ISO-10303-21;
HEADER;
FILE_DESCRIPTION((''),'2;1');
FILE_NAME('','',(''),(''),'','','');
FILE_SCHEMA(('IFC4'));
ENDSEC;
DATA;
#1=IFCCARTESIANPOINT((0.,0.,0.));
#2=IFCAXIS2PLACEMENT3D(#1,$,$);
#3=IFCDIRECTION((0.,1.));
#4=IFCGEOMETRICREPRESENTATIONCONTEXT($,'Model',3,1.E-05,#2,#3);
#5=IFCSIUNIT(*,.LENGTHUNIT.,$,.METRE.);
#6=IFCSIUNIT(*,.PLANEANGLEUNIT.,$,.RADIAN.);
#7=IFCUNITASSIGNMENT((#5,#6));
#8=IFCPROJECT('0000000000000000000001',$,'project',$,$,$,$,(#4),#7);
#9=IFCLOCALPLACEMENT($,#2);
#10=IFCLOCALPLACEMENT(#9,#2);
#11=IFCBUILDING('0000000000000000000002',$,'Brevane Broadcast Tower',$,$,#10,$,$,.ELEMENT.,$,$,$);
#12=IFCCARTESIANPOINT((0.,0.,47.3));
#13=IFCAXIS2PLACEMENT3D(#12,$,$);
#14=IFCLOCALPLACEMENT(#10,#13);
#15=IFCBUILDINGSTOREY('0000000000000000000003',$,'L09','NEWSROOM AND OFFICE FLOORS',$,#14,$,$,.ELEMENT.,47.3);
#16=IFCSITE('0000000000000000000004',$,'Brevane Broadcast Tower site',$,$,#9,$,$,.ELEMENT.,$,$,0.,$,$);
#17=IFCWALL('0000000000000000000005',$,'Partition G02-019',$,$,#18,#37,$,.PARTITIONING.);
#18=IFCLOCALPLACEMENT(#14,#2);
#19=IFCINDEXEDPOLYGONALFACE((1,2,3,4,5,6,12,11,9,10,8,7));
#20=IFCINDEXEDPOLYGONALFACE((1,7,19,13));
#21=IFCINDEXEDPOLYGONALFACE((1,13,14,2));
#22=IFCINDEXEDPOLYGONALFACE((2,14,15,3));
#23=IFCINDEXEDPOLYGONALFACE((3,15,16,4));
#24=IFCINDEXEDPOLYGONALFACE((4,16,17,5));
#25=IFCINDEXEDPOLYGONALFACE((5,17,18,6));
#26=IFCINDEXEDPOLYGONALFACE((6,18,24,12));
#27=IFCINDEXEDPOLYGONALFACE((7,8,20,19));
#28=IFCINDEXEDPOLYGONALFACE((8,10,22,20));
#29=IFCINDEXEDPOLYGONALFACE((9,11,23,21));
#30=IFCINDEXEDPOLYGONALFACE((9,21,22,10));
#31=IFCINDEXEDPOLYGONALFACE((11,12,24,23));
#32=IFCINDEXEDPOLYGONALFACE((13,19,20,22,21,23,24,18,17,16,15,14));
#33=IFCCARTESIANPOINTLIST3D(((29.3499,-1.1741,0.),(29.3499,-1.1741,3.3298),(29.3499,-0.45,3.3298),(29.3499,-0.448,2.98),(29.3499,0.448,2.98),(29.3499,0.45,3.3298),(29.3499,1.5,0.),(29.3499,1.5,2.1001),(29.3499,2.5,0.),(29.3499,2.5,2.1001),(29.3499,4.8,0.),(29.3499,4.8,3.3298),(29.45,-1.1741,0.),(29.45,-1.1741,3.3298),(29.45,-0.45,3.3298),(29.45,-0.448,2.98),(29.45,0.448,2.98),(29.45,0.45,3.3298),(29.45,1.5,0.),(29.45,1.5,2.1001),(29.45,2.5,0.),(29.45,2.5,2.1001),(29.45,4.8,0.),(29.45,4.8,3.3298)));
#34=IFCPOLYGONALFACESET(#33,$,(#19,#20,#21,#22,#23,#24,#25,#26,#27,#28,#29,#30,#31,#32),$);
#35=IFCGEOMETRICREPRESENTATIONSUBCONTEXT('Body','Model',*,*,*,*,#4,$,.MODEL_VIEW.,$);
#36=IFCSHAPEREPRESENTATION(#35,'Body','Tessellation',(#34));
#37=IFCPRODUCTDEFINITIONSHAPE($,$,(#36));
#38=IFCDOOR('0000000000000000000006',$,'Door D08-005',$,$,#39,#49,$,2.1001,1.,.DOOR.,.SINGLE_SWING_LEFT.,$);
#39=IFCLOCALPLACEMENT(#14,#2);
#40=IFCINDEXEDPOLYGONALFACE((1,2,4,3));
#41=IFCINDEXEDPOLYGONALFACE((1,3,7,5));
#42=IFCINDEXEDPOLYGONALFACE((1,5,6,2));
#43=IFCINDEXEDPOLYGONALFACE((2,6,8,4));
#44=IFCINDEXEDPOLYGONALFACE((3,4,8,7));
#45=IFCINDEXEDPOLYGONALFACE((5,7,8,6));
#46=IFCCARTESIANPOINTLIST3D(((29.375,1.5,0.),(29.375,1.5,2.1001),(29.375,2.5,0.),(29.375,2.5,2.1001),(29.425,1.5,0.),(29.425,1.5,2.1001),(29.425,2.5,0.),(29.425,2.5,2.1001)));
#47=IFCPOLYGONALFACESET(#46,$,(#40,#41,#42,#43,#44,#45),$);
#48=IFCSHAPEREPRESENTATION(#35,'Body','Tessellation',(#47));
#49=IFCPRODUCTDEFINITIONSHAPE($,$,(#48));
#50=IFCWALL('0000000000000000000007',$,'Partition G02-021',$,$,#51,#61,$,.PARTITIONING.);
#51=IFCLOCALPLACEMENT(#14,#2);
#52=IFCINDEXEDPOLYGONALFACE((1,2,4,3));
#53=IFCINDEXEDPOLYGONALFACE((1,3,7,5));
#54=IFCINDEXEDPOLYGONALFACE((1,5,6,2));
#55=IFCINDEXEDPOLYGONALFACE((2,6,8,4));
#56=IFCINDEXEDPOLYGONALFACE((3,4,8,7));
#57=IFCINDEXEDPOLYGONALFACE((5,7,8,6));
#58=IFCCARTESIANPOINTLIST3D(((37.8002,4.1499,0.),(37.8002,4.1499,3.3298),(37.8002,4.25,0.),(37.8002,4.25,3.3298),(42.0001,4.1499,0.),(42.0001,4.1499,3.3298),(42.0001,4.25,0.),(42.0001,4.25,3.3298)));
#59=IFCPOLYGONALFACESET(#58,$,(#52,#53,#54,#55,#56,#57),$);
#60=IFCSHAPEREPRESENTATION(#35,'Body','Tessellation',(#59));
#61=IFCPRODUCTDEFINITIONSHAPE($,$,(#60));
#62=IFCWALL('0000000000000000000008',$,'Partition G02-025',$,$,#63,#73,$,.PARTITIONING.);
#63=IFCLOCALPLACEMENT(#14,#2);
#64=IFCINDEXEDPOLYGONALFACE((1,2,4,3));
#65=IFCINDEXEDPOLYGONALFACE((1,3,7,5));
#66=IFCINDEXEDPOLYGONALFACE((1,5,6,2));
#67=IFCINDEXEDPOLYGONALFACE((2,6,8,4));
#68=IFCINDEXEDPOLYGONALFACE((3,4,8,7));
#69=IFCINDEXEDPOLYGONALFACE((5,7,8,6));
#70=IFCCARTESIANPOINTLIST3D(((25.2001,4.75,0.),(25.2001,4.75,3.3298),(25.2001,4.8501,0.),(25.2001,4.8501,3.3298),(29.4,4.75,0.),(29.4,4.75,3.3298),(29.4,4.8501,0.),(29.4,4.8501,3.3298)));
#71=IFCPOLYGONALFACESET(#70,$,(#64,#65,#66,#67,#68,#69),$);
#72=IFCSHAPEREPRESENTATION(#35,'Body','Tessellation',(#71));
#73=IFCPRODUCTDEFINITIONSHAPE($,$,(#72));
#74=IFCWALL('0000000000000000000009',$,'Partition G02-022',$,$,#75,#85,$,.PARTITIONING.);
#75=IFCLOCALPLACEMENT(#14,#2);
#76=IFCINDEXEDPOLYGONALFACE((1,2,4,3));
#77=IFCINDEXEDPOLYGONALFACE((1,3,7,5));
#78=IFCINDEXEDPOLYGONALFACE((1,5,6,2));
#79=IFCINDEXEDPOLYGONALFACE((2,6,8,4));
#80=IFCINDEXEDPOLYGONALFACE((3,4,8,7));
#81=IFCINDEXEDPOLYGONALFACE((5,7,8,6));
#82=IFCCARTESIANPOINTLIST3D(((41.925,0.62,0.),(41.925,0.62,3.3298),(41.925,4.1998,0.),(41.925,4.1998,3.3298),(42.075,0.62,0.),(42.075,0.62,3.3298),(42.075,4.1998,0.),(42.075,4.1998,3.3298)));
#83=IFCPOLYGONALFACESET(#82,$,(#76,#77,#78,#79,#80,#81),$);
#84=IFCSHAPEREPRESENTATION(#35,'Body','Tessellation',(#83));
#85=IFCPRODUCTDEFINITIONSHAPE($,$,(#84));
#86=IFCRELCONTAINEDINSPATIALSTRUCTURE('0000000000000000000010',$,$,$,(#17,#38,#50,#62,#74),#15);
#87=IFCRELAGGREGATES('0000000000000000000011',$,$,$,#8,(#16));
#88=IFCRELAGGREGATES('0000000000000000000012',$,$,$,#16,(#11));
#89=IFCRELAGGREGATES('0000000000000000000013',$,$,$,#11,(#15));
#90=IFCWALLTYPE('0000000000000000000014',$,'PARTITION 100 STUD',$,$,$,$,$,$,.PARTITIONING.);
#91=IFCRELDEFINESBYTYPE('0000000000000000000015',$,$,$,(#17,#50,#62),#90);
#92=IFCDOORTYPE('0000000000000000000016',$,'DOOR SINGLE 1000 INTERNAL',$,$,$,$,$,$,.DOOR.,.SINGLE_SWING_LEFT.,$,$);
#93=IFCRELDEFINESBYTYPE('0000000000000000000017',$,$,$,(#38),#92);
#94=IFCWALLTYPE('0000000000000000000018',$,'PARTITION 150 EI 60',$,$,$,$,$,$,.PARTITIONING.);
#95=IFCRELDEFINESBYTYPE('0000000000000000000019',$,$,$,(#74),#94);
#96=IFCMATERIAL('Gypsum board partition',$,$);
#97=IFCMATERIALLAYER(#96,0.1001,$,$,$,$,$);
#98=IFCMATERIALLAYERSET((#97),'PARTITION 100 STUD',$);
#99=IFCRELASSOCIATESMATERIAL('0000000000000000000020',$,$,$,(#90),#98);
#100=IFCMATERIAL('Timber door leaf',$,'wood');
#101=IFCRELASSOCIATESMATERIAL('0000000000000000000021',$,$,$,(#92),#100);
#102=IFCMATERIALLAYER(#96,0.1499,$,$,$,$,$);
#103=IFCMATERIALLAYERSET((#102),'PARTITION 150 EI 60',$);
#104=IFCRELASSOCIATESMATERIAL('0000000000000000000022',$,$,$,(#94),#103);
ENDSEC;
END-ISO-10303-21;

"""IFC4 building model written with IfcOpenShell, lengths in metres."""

from ifc_helpers import new_model, si_unit, direction, frame, frame_2d, origin, place, context, subcontext, project, spatial, polyline, rectangle, outline, extrude, material, layer, layer_set, type_object, element, fill, save


model = new_model("IFC4")

# Units and contexts
model_context = context("Model", 3, precision=1e-05, world=origin(), true_north=direction((0.0, 1.0)))
body_context = subcontext(model_context, "Body", "Model", "MODEL_VIEW")
ifc_project = project(units=[si_unit("LENGTHUNIT", "METRE"), si_unit("PLANEANGLEUNIT", "RADIAN")], contexts=[model_context])

# Site, building, storey
site_placement = place(None, origin())
site = spatial("IfcSite", under=ifc_project, at=site_placement, Name="Brevane Broadcast Tower site", CompositionType="ELEMENT", RefElevation=0.0)
building_placement = place(site_placement, origin())
building = spatial("IfcBuilding", under=site, at=building_placement, Name="Brevane Broadcast Tower", CompositionType="ELEMENT")
storey_placement = place(building_placement, frame((0.0, 0.0, 47.3)))
storey = spatial("IfcBuildingStorey", under=building, at=storey_placement, Name="L09", Description="NEWSROOM AND OFFICE FLOORS", CompositionType="ELEMENT", Elevation=47.3)

# Wall, opening, door
ifc_material_1 = material(Name="Gypsum board partition")
ifc_layer_1 = layer(ifc_material_1, 0.1001)
ifc_layer_set_1 = layer_set([ifc_layer_1], Name="PARTITION 100 STUD")
wall_type_1 = type_object("IfcWallType", Name="PARTITION 100 STUD", PredefinedType="PARTITIONING", material=ifc_layer_set_1)
ifc_material_2 = material(Name="Timber door leaf", Category="wood")
door_type = type_object("IfcDoorType", Name="DOOR SINGLE 1000 INTERNAL", OperationType="SINGLE_SWING_LEFT", PredefinedType="DOOR", material=ifc_material_2)
wall_1_placement = place(storey_placement, frame((29.3999, -1.1741, 0.0), z_axis=(0.0, 0.0, 1.0), x_axis=(0.0, 1.0, 0.0)))
wall_1 = element("IfcWall", 1, at=wall_1_placement, inside=storey, type_object=wall_type_1, Name="Partition G02-019", PredefinedType="PARTITIONING", context=body_context, shape_type="SweptSolid", body=[
    extrude(outline(polyline([(0.0, 0.0), (5.9741, 0.0), (5.9741, 3.3298), (1.624, 3.3298), (1.6221, 2.98), (0.7261, 2.98), (0.7241, 3.3298), (0.074, 3.3298), (0.0, 3.3298), (0.0, 0.0)])), frame((0.0, 0.05, 0.0), z_axis=(0.0, -1.0, 0.0), x_axis=(1.0, 0.0, 0.0)), (0.0, 0.0, 1.0), 0.1001),
])
opening_1_placement = place(wall_1_placement, frame((2.6741, 0.0, 0.0)))
opening_1 = element("IfcOpeningElement", 2, at=opening_1_placement, cuts=wall_1, PredefinedType="OPENING", context=body_context, shape_type="SweptSolid", body=[
    extrude(rectangle(XDim=1.0, YDim=2.1001, at=frame_2d((0.5, 1.05))), frame((0.0, 0.0601, 0.0), z_axis=(0.0, -1.0, 0.0), x_axis=(1.0, 0.0, 0.0)), (0.0, 0.0, 1.0), 0.1201),
])
door_1_placement = place(opening_1_placement, origin())
door_1 = element("IfcDoor", 3, at=door_1_placement, inside=storey, type_object=door_type, Name="Door D08-005", OperationType="SINGLE_SWING_LEFT", OverallHeight=2.1001, OverallWidth=1.0, PredefinedType="DOOR", context=body_context, shape_type="SweptSolid", body=[
    extrude(rectangle(XDim=1.0, YDim=2.1001, at=frame_2d((0.5, 1.05))), frame((0.0, 0.0249, 0.0), z_axis=(0.0, -1.0, 0.0), x_axis=(1.0, 0.0, 0.0)), (0.0, 0.0, 1.0), 0.05),
])
fill(opening_1, door_1)

# Walls
for number, where, z_axis, x_axis, name in (
    (4, (37.8, 4.2, 0.0), (0.0, 0.0, 1.0), (1.0, 0.0, 0.0), "Partition G02-021"),
    (5, (25.2, 4.8, 0.0), (0.0, 0.0, 1.0), (1.0, 0.0, 0.0), "Partition G02-025"),
):
    element("IfcWall", number, at=place(storey_placement, frame(where, z_axis=z_axis, x_axis=x_axis)), inside=storey, type_object=wall_type_1, Name=name, PredefinedType="PARTITIONING", context=body_context, shape_type="SweptSolid", body=[
        extrude(rectangle(XDim=4.2, YDim=0.1001, at=frame_2d((2.1001, 0.0))), origin(), (0.0, 0.0, 1.0), 3.3298),
    ])
ifc_layer_2 = layer(ifc_material_1, 0.1499)
ifc_layer_set_2 = layer_set([ifc_layer_2], Name="PARTITION 150 EI 60")
wall_type_2 = type_object("IfcWallType", Name="PARTITION 150 EI 60", PredefinedType="PARTITIONING", material=ifc_layer_set_2)
wall_2_placement = place(storey_placement, frame((42.0, 4.2, 0.0), z_axis=(0.0, 0.0, 1.0), x_axis=(0.0, -1.0, 0.0)))
element("IfcWall", 6, at=wall_2_placement, inside=storey, type_object=wall_type_2, Name="Partition G02-022", PredefinedType="PARTITIONING", context=body_context, shape_type="SweptSolid", body=[
    extrude(rectangle(XDim=3.5798, YDim=0.1499, at=frame_2d((1.79, 0.0))), origin(), (0.0, 0.0, 1.0), 3.3298),
])

save(model, "model.ifc")
